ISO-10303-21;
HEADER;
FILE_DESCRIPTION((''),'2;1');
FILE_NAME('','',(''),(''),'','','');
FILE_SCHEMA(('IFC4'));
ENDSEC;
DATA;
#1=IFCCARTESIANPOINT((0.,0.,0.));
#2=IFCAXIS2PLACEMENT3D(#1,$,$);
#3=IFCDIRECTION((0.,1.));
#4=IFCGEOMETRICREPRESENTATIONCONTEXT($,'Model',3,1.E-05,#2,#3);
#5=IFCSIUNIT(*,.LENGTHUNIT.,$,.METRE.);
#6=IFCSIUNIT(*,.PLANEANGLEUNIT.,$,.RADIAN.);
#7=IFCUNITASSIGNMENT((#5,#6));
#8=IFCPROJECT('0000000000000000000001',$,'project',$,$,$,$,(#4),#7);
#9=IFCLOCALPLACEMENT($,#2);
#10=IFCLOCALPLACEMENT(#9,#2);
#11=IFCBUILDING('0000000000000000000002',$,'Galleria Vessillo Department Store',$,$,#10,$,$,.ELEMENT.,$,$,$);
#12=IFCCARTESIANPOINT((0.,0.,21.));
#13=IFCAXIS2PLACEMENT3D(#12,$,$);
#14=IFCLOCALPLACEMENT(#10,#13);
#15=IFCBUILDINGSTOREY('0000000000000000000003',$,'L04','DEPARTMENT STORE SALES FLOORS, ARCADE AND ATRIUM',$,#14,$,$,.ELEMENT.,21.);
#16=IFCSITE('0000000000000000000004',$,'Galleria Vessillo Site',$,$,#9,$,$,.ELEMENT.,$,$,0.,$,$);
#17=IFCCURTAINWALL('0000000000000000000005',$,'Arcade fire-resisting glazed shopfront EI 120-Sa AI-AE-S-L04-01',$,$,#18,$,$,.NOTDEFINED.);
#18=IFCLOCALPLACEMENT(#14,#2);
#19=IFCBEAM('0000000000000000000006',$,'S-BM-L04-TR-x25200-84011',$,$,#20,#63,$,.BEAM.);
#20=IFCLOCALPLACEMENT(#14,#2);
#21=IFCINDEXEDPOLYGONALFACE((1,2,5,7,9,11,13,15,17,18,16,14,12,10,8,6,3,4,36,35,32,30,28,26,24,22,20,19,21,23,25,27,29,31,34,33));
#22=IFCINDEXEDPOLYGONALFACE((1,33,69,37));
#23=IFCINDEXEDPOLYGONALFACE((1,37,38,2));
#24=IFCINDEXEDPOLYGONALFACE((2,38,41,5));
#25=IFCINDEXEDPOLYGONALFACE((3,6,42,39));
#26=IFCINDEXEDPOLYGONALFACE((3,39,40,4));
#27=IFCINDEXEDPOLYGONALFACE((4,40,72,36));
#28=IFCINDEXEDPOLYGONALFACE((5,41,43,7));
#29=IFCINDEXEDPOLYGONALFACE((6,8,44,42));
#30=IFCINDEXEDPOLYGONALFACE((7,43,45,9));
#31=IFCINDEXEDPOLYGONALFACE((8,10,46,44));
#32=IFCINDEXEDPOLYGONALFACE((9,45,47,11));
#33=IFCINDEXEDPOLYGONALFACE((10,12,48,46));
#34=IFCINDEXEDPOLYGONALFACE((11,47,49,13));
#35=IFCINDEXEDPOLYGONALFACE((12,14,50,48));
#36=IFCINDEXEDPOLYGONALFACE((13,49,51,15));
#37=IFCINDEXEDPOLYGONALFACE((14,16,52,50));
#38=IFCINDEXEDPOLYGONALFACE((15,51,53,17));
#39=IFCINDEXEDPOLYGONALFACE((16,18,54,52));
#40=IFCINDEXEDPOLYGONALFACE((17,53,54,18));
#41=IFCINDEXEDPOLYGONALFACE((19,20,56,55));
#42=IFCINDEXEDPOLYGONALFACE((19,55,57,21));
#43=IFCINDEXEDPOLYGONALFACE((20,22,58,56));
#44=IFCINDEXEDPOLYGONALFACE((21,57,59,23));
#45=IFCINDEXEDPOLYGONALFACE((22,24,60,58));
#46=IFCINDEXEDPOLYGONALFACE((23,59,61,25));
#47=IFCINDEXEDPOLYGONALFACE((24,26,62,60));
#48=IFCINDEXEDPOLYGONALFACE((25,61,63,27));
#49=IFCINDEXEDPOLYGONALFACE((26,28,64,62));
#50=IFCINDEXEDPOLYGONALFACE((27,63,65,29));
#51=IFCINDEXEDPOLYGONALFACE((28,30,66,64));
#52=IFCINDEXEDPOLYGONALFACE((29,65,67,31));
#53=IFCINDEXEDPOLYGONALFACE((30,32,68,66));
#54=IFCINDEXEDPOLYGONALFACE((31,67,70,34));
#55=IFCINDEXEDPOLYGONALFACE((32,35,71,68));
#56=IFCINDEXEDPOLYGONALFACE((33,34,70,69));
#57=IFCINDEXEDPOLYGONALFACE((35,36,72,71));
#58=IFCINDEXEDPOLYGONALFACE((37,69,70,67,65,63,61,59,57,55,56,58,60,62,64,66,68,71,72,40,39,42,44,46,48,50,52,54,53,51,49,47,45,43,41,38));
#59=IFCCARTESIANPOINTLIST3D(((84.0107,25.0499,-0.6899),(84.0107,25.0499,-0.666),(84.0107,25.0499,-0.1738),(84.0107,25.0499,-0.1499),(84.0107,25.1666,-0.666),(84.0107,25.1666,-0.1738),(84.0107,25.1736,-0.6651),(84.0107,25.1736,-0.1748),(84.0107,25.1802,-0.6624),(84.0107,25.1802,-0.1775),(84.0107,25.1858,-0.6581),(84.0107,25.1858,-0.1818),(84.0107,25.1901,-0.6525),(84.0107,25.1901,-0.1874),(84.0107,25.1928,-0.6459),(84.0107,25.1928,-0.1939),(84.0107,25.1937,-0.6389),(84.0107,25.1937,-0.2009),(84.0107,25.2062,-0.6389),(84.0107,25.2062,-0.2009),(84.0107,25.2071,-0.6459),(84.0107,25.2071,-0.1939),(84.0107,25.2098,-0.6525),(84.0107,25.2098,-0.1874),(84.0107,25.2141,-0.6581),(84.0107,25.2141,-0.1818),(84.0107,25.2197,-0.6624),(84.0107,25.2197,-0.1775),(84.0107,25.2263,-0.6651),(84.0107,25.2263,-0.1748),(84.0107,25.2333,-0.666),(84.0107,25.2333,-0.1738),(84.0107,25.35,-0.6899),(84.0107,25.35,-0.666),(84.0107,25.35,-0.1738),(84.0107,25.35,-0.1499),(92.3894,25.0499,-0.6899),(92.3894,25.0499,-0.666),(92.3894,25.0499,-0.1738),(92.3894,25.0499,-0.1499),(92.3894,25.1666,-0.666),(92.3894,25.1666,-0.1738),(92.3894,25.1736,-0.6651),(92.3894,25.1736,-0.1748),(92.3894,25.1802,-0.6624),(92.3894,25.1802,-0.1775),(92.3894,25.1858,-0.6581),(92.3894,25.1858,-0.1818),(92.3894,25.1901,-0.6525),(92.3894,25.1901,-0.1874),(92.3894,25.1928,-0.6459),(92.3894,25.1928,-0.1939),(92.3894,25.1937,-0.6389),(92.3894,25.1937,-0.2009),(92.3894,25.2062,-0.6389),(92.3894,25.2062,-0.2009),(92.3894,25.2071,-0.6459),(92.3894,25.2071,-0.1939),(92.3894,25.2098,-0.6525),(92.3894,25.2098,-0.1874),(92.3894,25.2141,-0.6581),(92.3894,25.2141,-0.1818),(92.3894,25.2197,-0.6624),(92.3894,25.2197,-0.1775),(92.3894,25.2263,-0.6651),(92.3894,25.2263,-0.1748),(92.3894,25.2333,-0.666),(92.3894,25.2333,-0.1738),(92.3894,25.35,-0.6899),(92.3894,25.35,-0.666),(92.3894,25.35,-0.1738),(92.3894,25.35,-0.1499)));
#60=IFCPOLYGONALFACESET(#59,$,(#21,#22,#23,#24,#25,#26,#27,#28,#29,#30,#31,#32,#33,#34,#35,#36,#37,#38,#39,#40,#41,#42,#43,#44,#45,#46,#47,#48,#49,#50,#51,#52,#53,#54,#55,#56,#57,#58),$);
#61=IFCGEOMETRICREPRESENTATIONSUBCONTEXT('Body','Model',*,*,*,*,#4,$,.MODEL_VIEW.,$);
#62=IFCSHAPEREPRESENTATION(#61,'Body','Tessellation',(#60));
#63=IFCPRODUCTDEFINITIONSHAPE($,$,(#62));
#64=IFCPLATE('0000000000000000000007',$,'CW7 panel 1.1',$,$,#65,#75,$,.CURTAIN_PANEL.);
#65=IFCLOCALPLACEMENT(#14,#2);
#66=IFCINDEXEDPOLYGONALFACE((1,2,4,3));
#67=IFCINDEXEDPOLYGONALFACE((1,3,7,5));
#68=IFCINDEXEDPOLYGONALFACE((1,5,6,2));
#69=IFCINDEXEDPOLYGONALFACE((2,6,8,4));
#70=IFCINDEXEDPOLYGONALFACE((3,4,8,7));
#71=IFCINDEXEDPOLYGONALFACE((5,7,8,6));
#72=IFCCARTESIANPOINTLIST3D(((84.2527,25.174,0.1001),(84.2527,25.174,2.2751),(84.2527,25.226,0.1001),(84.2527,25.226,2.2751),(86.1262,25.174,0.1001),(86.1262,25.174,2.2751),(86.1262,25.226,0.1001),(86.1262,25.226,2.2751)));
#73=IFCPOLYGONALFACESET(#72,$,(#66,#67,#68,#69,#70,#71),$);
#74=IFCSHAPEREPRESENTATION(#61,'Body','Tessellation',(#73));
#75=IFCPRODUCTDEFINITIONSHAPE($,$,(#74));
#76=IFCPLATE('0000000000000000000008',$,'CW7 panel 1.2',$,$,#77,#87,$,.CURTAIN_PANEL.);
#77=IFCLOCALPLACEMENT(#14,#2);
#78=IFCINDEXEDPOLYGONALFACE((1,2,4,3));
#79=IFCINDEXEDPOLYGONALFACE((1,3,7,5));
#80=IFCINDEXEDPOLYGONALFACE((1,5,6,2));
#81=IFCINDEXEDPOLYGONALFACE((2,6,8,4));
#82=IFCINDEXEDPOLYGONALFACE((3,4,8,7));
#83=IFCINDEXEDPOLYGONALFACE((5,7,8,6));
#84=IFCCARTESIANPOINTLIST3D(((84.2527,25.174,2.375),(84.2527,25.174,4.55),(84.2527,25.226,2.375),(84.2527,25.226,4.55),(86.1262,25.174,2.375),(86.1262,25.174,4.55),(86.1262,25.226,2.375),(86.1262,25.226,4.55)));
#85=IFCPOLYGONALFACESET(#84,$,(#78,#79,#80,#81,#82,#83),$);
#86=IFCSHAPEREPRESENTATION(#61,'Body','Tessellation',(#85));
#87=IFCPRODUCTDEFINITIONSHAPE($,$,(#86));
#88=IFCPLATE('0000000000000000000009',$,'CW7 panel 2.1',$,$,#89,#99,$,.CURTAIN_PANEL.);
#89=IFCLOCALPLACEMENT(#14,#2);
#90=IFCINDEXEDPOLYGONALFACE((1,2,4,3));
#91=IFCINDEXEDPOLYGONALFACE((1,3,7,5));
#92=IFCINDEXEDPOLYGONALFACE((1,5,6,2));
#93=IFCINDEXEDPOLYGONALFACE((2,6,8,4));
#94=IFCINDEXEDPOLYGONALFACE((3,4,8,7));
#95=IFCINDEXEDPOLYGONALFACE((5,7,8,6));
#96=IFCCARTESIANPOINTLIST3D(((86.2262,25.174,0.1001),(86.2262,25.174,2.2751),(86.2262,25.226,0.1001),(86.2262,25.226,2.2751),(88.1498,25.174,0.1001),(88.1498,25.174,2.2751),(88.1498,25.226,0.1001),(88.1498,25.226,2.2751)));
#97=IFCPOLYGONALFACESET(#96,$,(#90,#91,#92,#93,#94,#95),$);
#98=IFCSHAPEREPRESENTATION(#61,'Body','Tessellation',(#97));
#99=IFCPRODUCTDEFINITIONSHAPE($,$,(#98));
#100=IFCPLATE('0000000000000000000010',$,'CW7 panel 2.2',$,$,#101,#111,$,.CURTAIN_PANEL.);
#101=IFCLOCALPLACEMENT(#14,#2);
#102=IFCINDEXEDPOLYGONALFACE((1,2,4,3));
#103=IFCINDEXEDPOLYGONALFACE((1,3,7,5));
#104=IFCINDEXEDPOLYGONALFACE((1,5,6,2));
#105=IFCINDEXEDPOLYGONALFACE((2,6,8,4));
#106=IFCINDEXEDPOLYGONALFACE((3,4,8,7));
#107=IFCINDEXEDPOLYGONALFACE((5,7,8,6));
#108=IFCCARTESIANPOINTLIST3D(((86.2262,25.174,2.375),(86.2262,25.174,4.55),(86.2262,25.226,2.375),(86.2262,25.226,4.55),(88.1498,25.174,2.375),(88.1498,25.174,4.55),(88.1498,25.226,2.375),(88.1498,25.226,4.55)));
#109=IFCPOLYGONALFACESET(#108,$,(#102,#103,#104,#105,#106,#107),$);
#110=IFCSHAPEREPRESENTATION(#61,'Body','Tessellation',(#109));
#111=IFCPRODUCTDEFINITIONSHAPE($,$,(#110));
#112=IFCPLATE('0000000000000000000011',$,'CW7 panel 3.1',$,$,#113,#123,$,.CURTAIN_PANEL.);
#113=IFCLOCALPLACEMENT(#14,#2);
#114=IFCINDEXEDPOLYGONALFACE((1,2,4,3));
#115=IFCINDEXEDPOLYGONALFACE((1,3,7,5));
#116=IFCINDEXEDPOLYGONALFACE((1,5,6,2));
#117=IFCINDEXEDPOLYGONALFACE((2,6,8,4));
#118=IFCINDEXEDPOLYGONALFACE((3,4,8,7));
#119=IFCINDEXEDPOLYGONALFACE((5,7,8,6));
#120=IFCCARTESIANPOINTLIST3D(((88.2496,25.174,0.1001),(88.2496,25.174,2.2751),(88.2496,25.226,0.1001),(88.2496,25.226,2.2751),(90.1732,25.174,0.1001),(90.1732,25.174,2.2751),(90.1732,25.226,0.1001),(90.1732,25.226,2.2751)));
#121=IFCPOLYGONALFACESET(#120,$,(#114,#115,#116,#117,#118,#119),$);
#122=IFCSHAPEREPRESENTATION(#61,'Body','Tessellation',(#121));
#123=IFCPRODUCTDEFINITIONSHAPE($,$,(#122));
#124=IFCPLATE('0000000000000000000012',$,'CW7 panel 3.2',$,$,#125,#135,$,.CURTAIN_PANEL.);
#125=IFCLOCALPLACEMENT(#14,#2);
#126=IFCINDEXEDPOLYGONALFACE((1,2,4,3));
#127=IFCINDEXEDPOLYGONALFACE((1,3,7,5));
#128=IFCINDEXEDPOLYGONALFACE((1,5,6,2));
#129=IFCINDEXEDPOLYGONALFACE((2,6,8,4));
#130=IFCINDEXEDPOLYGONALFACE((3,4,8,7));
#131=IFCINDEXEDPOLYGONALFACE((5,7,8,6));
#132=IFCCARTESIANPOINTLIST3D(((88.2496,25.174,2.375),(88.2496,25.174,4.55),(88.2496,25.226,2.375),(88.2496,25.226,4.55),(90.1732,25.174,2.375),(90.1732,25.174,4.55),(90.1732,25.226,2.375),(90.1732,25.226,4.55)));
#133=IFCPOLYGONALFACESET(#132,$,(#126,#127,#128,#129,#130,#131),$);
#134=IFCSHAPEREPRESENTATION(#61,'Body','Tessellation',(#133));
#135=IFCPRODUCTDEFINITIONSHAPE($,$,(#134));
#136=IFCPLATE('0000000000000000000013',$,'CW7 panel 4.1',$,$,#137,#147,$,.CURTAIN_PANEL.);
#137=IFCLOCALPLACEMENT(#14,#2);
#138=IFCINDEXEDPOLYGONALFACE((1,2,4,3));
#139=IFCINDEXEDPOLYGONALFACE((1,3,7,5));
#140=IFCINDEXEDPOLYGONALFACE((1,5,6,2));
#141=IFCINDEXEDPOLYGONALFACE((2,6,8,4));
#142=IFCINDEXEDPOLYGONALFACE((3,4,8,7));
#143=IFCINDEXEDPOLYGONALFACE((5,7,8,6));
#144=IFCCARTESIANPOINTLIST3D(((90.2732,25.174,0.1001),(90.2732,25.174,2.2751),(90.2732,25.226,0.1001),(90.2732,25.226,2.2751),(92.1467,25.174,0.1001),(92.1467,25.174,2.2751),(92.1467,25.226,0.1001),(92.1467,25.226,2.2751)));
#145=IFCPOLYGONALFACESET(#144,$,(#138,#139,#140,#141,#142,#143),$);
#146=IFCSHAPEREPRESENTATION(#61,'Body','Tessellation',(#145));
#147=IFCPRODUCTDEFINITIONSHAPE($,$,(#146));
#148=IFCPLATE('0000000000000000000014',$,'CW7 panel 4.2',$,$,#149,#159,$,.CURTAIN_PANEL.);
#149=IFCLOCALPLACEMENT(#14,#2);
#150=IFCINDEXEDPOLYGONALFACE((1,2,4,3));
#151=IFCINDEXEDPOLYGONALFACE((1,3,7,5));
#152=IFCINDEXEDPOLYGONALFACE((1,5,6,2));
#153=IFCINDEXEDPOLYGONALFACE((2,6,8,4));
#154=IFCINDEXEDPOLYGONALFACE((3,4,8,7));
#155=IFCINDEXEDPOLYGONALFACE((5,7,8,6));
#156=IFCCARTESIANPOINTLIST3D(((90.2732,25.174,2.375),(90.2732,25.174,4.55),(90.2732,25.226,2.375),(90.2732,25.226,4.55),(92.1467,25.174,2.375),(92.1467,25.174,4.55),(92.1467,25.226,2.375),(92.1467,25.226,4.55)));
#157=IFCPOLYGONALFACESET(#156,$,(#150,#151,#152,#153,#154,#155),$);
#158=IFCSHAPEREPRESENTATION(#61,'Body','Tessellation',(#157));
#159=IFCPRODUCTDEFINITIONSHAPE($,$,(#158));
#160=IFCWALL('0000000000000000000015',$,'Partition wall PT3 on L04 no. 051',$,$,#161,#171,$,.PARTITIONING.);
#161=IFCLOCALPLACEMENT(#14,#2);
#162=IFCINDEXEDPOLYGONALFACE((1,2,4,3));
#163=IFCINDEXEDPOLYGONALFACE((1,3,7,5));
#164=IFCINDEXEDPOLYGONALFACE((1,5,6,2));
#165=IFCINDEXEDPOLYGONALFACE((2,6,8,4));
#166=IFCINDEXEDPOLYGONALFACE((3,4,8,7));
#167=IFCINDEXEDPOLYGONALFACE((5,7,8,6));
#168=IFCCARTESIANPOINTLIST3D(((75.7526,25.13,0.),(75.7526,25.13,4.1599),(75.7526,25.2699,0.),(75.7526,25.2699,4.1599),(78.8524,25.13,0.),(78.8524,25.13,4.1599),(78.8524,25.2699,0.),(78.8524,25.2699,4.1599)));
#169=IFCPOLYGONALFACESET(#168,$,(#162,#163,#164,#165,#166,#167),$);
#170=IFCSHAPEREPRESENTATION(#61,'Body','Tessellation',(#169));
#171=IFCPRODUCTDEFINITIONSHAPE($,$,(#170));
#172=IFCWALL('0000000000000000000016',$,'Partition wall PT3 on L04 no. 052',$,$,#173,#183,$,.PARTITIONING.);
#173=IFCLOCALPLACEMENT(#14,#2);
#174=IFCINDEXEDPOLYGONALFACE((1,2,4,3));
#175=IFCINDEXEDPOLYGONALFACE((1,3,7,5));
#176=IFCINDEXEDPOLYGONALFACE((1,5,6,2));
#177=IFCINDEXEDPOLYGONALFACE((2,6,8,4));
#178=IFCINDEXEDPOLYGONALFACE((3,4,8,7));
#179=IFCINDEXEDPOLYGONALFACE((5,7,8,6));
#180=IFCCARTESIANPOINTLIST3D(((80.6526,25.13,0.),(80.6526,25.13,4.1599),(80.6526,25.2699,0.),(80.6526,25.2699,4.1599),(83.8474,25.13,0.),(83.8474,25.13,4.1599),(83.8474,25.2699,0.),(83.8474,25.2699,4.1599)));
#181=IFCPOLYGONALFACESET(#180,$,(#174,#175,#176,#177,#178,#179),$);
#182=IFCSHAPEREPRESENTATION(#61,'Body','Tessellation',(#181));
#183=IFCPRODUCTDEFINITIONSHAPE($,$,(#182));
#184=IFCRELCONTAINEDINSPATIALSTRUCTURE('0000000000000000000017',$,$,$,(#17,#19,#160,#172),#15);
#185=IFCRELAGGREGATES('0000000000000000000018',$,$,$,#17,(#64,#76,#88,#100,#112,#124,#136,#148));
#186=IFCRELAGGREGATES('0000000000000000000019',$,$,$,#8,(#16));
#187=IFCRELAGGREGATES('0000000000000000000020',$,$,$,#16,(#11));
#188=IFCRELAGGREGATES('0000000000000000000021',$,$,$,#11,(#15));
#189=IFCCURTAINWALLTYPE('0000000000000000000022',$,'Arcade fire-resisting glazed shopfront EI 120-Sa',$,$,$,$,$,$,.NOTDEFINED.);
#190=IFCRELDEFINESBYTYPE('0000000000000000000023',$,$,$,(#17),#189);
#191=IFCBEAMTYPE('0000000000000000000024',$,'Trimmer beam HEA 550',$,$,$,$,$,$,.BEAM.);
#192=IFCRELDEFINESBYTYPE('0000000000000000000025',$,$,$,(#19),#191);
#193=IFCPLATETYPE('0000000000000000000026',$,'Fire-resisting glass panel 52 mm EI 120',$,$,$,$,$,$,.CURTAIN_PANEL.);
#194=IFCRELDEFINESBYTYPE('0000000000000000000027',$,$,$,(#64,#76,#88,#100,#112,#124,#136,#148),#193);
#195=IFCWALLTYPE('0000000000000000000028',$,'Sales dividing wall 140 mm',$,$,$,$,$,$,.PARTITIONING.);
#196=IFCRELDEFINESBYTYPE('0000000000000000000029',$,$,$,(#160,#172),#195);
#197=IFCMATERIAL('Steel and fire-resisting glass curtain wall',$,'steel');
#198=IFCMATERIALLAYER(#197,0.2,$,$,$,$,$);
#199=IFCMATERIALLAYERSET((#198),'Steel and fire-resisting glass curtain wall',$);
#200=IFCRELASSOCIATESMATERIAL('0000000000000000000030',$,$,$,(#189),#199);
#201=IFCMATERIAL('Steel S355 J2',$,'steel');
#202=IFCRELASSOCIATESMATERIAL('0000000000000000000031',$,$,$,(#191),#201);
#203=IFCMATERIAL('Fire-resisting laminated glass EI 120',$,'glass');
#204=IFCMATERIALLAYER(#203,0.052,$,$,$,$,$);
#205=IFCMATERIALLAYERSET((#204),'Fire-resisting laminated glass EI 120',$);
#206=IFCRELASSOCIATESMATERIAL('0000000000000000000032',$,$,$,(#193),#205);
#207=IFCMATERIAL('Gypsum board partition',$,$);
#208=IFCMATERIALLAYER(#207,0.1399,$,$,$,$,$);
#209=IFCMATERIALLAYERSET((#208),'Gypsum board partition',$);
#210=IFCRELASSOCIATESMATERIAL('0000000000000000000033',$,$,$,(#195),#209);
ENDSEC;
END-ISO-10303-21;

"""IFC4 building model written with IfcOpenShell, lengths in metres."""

from ifc_helpers import new_model, si_unit, direction, frame, frame_2d, origin, origin_2d, place, context, subcontext, project, spatial, rectangle, i_section, extrude, material, layer, layer_set, material_profile, profile_set, type_object, element, aggregate, save


model = new_model("IFC4")

# Units and contexts
model_context = context("Model", 3, precision=1e-05, world=origin(), true_north=direction((0.0, 1.0)))
body_context = subcontext(model_context, "Body", "Model", "MODEL_VIEW")
ifc_project = project(units=[si_unit("LENGTHUNIT", "METRE"), si_unit("PLANEANGLEUNIT", "RADIAN")], contexts=[model_context])

# Site, building, storey
site_placement = place(None, origin())
site = spatial("IfcSite", under=ifc_project, at=site_placement, Name="Galleria Vessillo Site", CompositionType="ELEMENT", RefElevation=0.0)
building_placement = place(site_placement, origin())
building = spatial("IfcBuilding", under=site, at=building_placement, Name="Galleria Vessillo Department Store", CompositionType="ELEMENT")
storey_placement = place(building_placement, frame((0.0, 0.0, 21.0)))
storey = spatial("IfcBuildingStorey", under=building, at=storey_placement, Name="L04", Description="DEPARTMENT STORE SALES FLOORS, ARCADE AND ATRIUM", CompositionType="ELEMENT", Elevation=21.0)

# Curtain wall
ifc_material_1 = material(Name="Steel and fire-resisting glass curtain wall", Category="steel")
ifc_layer_1 = layer(ifc_material_1, 0.2)
ifc_layer_set_1 = layer_set([ifc_layer_1], Name="Steel and fire-resisting glass curtain wall")
curtain_wall_type = type_object("IfcCurtainWallType", Name="Arcade fire-resisting glazed shopfront EI 120-Sa", PredefinedType="NOTDEFINED", material=ifc_layer_set_1)
curtain_wall_placement = place(storey_placement, origin())
curtain_wall = element("IfcCurtainWall", 1, at=curtain_wall_placement, inside=storey, type_object=curtain_wall_type, Name="Arcade fire-resisting glazed shopfront EI 120-Sa AI-AE-S-L04-01", PredefinedType="NOTDEFINED")

# Beam
ifc_material_2 = material(Name="Steel S355 J2", Category="steel")
ifc_material_profile_1 = material_profile(ifc_material_2, i_section(OverallWidth=0.3, OverallDepth=0.54, WebThickness=0.0125, FlangeThickness=0.0239, FilletRadius=0.0271, at=origin_2d()), Name="HEA 550")
ifc_profile_set_1 = profile_set([ifc_material_profile_1], Name="Steel S355 J2")
beam_type_1 = type_object("IfcBeamType", Name="Trimmer beam HEA 550", PredefinedType="BEAM", material=ifc_profile_set_1)
beam_1_placement = place(storey_placement, frame((84.0107, 25.2, -0.4199), z_axis=(1.0, 0.0, 0.0), x_axis=(0.0, 1.0, 0.0)))
element("IfcBeam", 2, at=beam_1_placement, inside=storey, type_object=beam_type_1, Name="S-BM-L04-TR-x25200-84011", PredefinedType="BEAM", context=body_context, shape_type="SweptSolid", body=[
    extrude(i_section(OverallWidth=0.3, OverallDepth=0.54, WebThickness=0.0125, FlangeThickness=0.0239, FilletRadius=0.0271, at=origin_2d()), origin(), (0.0, 0.0, 1.0), 8.3787),
])

# Plates
ifc_material_3 = material(Name="Fire-resisting laminated glass EI 120", Category="glass")
ifc_layer_2 = layer(ifc_material_3, 0.052)
ifc_layer_set_2 = layer_set([ifc_layer_2], Name="Fire-resisting laminated glass EI 120")
plate_type = type_object("IfcPlateType", Name="Fire-resisting glass panel 52 mm EI 120", PredefinedType="CURTAIN_PANEL", material=ifc_layer_set_2)
plate_1_placement = place(storey_placement, frame((85.1895, 25.2, 0.1001), z_axis=(0.0, 0.0, 1.0), x_axis=(1.0, 0.0, 0.0)))
plate_1 = element("IfcPlate", 3, at=plate_1_placement, type_object=plate_type, Name="CW7 panel 1.1", PredefinedType="CURTAIN_PANEL", context=body_context, shape_type="SweptSolid", body=[
    extrude(rectangle(XDim=1.8735, YDim=0.052, at=origin_2d()), origin(), (0.0, 0.0, 1.0), 2.175),
])
plate_2_placement = place(storey_placement, frame((85.1895, 25.2, 2.375), z_axis=(0.0, 0.0, 1.0), x_axis=(1.0, 0.0, 0.0)))
plate_2 = element("IfcPlate", 4, at=plate_2_placement, type_object=plate_type, Name="CW7 panel 1.2", PredefinedType="CURTAIN_PANEL", context=body_context, shape_type="SweptSolid", body=[
    extrude(rectangle(XDim=1.8735, YDim=0.052, at=origin_2d()), origin(), (0.0, 0.0, 1.0), 2.175),
])
plate_3_placement = place(storey_placement, frame((87.188, 25.2, 0.1001), z_axis=(0.0, 0.0, 1.0), x_axis=(1.0, 0.0, 0.0)))
plate_3 = element("IfcPlate", 5, at=plate_3_placement, type_object=plate_type, Name="CW7 panel 2.1", PredefinedType="CURTAIN_PANEL", context=body_context, shape_type="SweptSolid", body=[
    extrude(rectangle(XDim=1.9236, YDim=0.052, at=origin_2d()), origin(), (0.0, 0.0, 1.0), 2.175),
])
plate_4_placement = place(storey_placement, frame((87.188, 25.2, 2.375), z_axis=(0.0, 0.0, 1.0), x_axis=(1.0, 0.0, 0.0)))
plate_4 = element("IfcPlate", 6, at=plate_4_placement, type_object=plate_type, Name="CW7 panel 2.2", PredefinedType="CURTAIN_PANEL", context=body_context, shape_type="SweptSolid", body=[
    extrude(rectangle(XDim=1.9236, YDim=0.052, at=origin_2d()), origin(), (0.0, 0.0, 1.0), 2.175),
])
plate_5_placement = place(storey_placement, frame((89.2114, 25.2, 0.1001), z_axis=(0.0, 0.0, 1.0), x_axis=(1.0, 0.0, 0.0)))
plate_5 = element("IfcPlate", 7, at=plate_5_placement, type_object=plate_type, Name="CW7 panel 3.1", PredefinedType="CURTAIN_PANEL", context=body_context, shape_type="SweptSolid", body=[
    extrude(rectangle(XDim=1.9236, YDim=0.052, at=origin_2d()), origin(), (0.0, 0.0, 1.0), 2.175),
])
plate_6_placement = place(storey_placement, frame((89.2114, 25.2, 2.375), z_axis=(0.0, 0.0, 1.0), x_axis=(1.0, 0.0, 0.0)))
plate_6 = element("IfcPlate", 8, at=plate_6_placement, type_object=plate_type, Name="CW7 panel 3.2", PredefinedType="CURTAIN_PANEL", context=body_context, shape_type="SweptSolid", body=[
    extrude(rectangle(XDim=1.9236, YDim=0.052, at=origin_2d()), origin(), (0.0, 0.0, 1.0), 2.175),
])
plate_7_placement = place(storey_placement, frame((91.21, 25.2, 0.1001), z_axis=(0.0, 0.0, 1.0), x_axis=(1.0, 0.0, 0.0)))
plate_7 = element("IfcPlate", 9, at=plate_7_placement, type_object=plate_type, Name="CW7 panel 4.1", PredefinedType="CURTAIN_PANEL", context=body_context, shape_type="SweptSolid", body=[
    extrude(rectangle(XDim=1.8735, YDim=0.052, at=origin_2d()), origin(), (0.0, 0.0, 1.0), 2.175),
])
plate_8_placement = place(storey_placement, frame((91.21, 25.2, 2.375), z_axis=(0.0, 0.0, 1.0), x_axis=(1.0, 0.0, 0.0)))
plate_8 = element("IfcPlate", 10, at=plate_8_placement, type_object=plate_type, Name="CW7 panel 4.2", PredefinedType="CURTAIN_PANEL", context=body_context, shape_type="SweptSolid", body=[
    extrude(rectangle(XDim=1.8735, YDim=0.052, at=origin_2d()), origin(), (0.0, 0.0, 1.0), 2.175),
])
aggregate(curtain_wall, [plate_1, plate_2, plate_3, plate_4, plate_5, plate_6, plate_7, plate_8])

# Walls
ifc_material_4 = material(Name="Gypsum board partition")
ifc_layer_3 = layer(ifc_material_4, 0.1399)
ifc_layer_set_3 = layer_set([ifc_layer_3], Name="Gypsum board partition")
wall_type = type_object("IfcWallType", Name="Sales dividing wall 140 mm", PredefinedType="PARTITIONING", material=ifc_layer_set_3)
wall_1_placement = place(storey_placement, frame((75.7527, 25.2, 0.0), z_axis=(0.0, 0.0, 1.0), x_axis=(1.0, 0.0, 0.0)))
element("IfcWall", 11, at=wall_1_placement, inside=storey, type_object=wall_type, Name="Partition wall PT3 on L04 no. 051", PredefinedType="PARTITIONING", context=body_context, shape_type="SweptSolid", body=[
    extrude(rectangle(XDim=3.0999, YDim=0.1399, at=frame_2d((1.5498, 0.0))), origin(), (0.0, 0.0, 1.0), 4.1599),
])
wall_2_placement = place(storey_placement, frame((80.6526, 25.2, 0.0), z_axis=(0.0, 0.0, 1.0), x_axis=(1.0, 0.0, 0.0)))
element("IfcWall", 12, at=wall_2_placement, inside=storey, type_object=wall_type, Name="Partition wall PT3 on L04 no. 052", PredefinedType="PARTITIONING", context=body_context, shape_type="SweptSolid", body=[
    extrude(rectangle(XDim=3.1948, YDim=0.1399, at=frame_2d((1.5974, 0.0))), origin(), (0.0, 0.0, 1.0), 4.1599),
])

save(model, "model.ifc")
